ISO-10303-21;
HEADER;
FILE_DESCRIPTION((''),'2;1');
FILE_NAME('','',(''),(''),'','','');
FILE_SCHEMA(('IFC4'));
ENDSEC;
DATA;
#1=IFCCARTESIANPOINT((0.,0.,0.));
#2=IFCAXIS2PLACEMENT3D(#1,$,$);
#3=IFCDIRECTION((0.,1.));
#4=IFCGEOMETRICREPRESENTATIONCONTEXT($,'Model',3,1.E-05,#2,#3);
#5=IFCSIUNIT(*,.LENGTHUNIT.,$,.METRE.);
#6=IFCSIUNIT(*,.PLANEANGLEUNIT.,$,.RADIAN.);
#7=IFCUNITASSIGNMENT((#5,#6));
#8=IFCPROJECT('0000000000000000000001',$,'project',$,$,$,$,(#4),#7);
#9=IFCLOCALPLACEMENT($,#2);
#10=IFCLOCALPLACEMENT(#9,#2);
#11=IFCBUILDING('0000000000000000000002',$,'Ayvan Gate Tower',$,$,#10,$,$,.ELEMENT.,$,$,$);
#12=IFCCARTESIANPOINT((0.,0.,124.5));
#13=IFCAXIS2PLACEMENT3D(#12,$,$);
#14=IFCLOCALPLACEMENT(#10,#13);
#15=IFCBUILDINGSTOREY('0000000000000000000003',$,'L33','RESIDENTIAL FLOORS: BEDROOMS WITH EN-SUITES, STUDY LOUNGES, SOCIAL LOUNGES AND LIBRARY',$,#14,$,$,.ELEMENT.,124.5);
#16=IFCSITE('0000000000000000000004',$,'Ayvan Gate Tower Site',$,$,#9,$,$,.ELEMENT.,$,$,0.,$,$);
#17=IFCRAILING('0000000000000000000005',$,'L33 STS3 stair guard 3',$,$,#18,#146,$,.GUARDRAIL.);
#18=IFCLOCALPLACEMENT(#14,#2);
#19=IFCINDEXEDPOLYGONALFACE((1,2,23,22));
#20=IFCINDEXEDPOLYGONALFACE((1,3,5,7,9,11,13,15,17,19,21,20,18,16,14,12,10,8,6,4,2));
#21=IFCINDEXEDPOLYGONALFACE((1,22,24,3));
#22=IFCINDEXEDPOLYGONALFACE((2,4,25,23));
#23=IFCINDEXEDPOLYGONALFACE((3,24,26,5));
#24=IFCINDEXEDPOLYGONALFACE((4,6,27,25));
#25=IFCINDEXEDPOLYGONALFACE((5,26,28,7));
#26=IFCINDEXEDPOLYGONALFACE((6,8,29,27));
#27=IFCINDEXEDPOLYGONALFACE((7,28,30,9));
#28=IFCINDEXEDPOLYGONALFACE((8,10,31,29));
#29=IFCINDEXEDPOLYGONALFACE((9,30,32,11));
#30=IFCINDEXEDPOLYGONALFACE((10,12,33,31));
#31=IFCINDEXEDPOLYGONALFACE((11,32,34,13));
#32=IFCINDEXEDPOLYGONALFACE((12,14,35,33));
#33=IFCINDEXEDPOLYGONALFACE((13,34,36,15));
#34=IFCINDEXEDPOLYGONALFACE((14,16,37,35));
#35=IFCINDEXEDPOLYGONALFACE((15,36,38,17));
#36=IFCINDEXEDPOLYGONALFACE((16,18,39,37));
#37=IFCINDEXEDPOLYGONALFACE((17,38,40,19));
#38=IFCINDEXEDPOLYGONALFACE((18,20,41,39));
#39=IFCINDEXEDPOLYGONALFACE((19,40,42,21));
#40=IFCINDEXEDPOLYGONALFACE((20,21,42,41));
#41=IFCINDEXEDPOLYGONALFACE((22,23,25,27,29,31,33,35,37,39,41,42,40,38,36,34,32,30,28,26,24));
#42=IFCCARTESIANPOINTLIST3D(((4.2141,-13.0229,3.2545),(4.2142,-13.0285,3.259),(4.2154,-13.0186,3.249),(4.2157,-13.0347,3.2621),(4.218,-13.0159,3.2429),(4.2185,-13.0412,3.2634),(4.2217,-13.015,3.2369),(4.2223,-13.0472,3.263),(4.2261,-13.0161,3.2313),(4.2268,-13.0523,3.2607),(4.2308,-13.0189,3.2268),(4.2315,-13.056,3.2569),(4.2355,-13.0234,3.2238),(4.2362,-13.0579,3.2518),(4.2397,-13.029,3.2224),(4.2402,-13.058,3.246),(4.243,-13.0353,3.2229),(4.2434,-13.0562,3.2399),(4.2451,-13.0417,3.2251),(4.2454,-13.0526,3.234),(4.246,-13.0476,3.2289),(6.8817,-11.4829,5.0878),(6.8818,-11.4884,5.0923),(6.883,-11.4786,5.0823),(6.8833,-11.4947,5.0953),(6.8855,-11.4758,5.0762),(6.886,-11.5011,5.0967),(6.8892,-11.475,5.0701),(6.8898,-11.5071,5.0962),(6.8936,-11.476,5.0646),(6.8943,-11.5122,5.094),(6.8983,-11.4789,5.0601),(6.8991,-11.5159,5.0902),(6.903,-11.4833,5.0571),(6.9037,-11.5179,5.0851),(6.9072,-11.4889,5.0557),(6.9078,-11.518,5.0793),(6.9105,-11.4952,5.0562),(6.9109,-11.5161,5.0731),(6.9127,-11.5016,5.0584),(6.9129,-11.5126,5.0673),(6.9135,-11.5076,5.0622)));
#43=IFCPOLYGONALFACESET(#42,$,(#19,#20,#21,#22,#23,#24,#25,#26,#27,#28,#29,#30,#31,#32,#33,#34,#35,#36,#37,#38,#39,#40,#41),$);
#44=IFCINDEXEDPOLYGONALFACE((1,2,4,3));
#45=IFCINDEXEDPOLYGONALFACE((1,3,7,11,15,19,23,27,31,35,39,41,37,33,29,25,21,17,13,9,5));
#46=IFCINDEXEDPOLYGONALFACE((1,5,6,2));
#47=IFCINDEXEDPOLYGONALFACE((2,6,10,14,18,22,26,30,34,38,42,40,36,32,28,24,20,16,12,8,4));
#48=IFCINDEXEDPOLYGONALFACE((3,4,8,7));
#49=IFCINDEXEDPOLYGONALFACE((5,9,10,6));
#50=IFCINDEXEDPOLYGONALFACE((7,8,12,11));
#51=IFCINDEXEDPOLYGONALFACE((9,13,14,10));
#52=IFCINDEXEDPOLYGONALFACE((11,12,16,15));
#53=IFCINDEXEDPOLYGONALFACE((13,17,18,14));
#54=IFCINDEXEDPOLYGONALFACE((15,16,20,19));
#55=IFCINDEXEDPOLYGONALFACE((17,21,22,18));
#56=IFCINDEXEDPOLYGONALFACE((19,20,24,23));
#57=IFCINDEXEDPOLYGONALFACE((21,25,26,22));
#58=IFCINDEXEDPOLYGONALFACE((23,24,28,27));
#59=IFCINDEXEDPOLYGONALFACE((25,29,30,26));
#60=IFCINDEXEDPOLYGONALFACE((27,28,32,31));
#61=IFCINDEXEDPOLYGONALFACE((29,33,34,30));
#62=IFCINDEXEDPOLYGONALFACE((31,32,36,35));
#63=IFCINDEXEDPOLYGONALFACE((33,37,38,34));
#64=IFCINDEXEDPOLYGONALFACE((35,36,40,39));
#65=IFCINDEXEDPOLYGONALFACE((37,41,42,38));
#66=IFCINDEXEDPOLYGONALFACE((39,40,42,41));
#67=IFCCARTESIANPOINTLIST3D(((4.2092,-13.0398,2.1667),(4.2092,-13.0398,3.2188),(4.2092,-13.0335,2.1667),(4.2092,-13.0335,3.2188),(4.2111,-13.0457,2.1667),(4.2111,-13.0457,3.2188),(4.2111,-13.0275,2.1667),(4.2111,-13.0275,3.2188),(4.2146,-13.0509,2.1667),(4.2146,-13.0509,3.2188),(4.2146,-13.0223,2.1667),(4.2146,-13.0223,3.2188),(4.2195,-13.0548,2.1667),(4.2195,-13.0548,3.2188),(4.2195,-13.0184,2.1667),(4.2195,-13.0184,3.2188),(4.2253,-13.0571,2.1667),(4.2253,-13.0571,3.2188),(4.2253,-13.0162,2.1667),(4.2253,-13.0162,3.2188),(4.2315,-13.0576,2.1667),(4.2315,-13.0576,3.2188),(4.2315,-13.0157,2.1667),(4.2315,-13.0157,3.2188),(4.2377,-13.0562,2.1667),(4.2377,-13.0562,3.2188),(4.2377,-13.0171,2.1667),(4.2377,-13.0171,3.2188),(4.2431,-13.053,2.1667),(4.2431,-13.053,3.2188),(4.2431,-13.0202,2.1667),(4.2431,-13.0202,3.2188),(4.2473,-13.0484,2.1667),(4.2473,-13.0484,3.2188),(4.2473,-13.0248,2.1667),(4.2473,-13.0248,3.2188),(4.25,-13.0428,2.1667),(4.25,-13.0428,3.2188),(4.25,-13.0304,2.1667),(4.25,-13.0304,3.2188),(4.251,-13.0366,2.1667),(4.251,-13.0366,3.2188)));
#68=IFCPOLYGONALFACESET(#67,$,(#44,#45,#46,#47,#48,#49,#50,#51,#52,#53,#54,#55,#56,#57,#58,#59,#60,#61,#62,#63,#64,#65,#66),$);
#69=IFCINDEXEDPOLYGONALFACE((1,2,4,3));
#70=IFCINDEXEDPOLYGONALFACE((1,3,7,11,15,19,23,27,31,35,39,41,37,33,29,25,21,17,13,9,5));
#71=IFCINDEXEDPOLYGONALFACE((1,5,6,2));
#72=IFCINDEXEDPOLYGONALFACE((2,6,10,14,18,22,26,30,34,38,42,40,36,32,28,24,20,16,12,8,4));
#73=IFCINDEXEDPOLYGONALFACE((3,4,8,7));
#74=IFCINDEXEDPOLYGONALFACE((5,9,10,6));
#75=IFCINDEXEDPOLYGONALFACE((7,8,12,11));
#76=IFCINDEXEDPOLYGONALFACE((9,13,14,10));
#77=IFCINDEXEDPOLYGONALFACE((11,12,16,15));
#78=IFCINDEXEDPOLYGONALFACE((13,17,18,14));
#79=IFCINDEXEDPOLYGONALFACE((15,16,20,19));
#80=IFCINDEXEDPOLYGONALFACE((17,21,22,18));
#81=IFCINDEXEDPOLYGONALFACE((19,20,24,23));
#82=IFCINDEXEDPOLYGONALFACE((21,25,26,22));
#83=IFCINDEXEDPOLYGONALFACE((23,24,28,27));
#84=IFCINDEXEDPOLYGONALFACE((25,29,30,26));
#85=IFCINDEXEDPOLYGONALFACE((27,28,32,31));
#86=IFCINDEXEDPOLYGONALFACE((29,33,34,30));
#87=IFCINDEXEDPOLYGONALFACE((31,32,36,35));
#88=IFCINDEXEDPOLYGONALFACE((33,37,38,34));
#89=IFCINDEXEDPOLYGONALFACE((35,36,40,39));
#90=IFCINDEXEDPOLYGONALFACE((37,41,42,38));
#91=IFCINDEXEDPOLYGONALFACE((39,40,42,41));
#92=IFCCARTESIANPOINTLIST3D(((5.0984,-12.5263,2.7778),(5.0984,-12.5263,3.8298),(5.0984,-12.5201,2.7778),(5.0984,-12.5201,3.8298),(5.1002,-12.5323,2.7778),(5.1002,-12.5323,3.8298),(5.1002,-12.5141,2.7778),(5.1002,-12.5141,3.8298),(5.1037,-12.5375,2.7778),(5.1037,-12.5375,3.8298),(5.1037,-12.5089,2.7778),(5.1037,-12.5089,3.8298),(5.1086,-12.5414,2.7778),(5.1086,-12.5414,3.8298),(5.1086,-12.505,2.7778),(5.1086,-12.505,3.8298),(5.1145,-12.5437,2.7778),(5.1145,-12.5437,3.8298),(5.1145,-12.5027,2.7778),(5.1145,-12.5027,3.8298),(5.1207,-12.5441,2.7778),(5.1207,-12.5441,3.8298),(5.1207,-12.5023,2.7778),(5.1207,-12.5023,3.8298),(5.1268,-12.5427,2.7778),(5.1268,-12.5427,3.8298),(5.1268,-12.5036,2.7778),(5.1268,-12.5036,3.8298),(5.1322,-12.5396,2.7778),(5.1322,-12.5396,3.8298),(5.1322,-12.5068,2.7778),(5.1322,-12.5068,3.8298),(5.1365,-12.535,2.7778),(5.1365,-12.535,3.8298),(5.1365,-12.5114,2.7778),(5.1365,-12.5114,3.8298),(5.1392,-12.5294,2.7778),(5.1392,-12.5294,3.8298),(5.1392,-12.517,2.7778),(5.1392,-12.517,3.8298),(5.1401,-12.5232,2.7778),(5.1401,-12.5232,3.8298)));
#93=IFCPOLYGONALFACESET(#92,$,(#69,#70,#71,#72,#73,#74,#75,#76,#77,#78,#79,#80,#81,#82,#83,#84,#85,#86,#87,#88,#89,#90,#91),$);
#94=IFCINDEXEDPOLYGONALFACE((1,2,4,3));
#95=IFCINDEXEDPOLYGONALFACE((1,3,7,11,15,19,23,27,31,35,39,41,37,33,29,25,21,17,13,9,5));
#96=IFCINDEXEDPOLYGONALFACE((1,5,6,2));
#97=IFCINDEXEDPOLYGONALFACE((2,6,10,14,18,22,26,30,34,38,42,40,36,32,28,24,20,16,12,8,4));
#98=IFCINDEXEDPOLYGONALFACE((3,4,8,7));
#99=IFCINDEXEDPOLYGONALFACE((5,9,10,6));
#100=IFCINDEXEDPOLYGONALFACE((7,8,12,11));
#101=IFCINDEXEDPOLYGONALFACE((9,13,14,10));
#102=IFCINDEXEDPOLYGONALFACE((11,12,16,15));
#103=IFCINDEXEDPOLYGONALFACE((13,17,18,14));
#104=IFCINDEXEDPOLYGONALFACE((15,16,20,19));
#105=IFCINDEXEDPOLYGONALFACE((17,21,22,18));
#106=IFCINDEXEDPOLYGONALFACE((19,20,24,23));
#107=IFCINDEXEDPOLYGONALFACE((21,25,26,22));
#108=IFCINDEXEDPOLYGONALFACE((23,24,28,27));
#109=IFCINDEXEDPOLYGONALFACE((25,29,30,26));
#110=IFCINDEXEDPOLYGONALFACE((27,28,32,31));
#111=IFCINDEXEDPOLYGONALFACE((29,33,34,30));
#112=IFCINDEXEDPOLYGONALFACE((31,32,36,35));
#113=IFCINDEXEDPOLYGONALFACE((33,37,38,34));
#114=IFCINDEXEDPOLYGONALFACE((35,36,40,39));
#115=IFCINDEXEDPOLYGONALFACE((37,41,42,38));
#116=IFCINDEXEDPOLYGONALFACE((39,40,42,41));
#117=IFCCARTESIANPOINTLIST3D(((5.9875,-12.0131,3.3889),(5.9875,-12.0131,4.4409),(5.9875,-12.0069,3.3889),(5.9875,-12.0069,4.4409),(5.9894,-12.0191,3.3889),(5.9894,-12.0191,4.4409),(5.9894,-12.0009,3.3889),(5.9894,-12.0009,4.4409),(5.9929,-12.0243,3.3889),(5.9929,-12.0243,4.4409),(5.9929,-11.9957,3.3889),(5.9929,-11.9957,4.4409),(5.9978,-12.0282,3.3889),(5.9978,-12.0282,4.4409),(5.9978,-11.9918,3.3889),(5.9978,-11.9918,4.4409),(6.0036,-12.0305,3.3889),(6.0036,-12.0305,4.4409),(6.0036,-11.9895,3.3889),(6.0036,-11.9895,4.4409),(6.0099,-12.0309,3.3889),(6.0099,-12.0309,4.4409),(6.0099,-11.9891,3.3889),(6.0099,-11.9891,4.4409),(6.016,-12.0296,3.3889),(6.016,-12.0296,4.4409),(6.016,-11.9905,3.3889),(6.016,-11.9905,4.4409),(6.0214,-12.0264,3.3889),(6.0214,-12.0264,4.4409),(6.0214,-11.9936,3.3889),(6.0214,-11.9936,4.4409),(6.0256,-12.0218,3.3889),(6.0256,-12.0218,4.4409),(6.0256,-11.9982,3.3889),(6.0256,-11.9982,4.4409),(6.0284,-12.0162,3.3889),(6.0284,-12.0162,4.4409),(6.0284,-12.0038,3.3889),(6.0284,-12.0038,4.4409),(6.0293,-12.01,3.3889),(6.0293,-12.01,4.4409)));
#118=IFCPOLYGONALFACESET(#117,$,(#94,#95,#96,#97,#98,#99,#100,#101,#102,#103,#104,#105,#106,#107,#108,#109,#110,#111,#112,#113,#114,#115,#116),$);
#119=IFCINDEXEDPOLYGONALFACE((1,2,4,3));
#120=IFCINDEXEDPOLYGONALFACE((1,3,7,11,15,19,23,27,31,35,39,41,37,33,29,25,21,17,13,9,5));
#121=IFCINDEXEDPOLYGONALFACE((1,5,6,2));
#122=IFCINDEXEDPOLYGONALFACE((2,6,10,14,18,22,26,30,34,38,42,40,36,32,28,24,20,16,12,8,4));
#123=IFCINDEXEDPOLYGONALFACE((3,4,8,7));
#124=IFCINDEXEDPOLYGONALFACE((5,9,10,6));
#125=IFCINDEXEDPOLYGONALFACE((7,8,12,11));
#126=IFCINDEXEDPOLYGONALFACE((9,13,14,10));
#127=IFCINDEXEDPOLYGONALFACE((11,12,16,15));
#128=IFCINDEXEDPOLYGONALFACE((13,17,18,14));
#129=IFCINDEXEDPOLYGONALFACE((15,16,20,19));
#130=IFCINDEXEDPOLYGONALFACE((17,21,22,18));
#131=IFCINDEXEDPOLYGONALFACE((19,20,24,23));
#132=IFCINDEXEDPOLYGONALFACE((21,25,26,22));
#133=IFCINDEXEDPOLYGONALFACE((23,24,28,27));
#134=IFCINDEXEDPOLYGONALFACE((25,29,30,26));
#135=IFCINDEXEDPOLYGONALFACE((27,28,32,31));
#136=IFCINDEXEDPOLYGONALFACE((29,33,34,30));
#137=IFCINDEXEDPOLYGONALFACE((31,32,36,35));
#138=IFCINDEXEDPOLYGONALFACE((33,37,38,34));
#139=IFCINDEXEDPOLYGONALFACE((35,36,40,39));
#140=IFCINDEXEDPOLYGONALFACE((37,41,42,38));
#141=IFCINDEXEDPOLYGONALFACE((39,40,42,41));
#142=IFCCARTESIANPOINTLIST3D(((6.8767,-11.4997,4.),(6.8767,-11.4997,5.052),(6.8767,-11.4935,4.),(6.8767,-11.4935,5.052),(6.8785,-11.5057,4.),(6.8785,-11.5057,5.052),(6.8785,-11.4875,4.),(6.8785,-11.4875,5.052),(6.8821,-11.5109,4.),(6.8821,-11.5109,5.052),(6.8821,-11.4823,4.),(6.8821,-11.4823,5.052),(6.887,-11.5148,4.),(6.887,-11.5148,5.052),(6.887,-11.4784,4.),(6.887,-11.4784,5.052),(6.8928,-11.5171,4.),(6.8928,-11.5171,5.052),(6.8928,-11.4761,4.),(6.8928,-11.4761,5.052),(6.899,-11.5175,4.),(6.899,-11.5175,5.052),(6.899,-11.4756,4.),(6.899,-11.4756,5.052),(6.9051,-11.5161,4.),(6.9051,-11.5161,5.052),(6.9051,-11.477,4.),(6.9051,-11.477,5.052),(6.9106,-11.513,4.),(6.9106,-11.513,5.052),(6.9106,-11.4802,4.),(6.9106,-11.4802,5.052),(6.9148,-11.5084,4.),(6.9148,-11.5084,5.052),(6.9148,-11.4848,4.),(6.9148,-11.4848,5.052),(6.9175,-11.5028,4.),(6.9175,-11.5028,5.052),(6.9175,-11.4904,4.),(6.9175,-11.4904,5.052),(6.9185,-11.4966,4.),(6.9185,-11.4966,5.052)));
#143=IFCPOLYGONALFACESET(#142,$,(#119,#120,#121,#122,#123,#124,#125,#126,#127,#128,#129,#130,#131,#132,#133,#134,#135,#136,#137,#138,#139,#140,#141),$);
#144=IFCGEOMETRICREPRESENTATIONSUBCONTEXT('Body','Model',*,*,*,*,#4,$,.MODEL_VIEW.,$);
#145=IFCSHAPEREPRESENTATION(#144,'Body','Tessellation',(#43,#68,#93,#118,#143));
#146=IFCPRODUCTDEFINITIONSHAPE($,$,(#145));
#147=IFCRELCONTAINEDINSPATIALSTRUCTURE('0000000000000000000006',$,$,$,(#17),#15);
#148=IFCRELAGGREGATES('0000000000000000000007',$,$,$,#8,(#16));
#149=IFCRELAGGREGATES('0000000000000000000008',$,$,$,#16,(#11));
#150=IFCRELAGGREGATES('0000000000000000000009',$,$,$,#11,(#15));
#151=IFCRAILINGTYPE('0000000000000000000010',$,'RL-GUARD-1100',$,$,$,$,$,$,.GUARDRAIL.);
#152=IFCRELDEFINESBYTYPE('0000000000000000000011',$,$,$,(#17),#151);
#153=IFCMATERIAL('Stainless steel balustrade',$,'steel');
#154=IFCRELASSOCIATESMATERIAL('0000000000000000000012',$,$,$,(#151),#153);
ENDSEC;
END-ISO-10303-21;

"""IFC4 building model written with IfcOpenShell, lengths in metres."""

from ifc_helpers import new_model, si_unit, direction, frame, origin, origin_2d, place, context, subcontext, project, spatial, circle, extrude, material, type_object, element, save


model = new_model("IFC4")

# Units and contexts
model_context = context("Model", 3, precision=1e-05, world=origin(), true_north=direction((0.0, 1.0)))
body_context = subcontext(model_context, "Body", "Model", "MODEL_VIEW")
ifc_project = project(units=[si_unit("LENGTHUNIT", "METRE"), si_unit("PLANEANGLEUNIT", "RADIAN")], contexts=[model_context])

# Site, building, storey
site_placement = place(None, origin())
site = spatial("IfcSite", under=ifc_project, at=site_placement, Name="Ayvan Gate Tower Site", CompositionType="ELEMENT", RefElevation=0.0)
building_placement = place(site_placement, origin())
building = spatial("IfcBuilding", under=site, at=building_placement, Name="Ayvan Gate Tower", CompositionType="ELEMENT")
storey_placement = place(building_placement, frame((0.0, 0.0, 124.5)))
storey = spatial("IfcBuildingStorey", under=building, at=storey_placement, Name="L33", Description="RESIDENTIAL FLOORS: BEDROOMS WITH EN-SUITES, STUDY LOUNGES, SOCIAL LOUNGES AND LIBRARY", CompositionType="ELEMENT", Elevation=124.5)

# Railing
ifc_material_1 = material(Name="Stainless steel balustrade", Category="steel")
railing_type_1 = type_object("IfcRailingType", Name="RL-GUARD-1100", PredefinedType="GUARDRAIL", material=ifc_material_1)
railing_1_placement = place(storey_placement, frame((4.23, -13.0366, 2.1667)))
element("IfcRailing", 1, at=railing_1_placement, inside=storey, type_object=railing_type_1, Name="L33 STS3 stair guard 3", PredefinedType="GUARDRAIL", context=body_context, shape_type="SweptSolid", body=[
    extrude(circle(Radius=0.0239, at=origin_2d()), frame((0.0, 0.0, 1.0762), z_axis=(0.74419, 0.429649, 0.511452), x_axis=(-0.499992, 0.86603, 0.0)), (0.0, 0.0, 1.0), 3.5845),
    extrude(circle(Radius=0.021, at=origin_2d()), origin(), (0.0, 0.0, 1.0), 1.052),
    extrude(circle(Radius=0.021, at=origin_2d()), frame((0.8892, 0.5134, 0.6111)), (0.0, 0.0, 1.0), 1.052),
    extrude(circle(Radius=0.021, at=origin_2d()), frame((1.7783, 1.0266, 1.2222)), (0.0, 0.0, 1.0), 1.052),
    extrude(circle(Radius=0.021, at=origin_2d()), frame((2.6675, 1.54, 1.8333)), (0.0, 0.0, 1.0), 1.052),
])

save(model, "model.ifc")
